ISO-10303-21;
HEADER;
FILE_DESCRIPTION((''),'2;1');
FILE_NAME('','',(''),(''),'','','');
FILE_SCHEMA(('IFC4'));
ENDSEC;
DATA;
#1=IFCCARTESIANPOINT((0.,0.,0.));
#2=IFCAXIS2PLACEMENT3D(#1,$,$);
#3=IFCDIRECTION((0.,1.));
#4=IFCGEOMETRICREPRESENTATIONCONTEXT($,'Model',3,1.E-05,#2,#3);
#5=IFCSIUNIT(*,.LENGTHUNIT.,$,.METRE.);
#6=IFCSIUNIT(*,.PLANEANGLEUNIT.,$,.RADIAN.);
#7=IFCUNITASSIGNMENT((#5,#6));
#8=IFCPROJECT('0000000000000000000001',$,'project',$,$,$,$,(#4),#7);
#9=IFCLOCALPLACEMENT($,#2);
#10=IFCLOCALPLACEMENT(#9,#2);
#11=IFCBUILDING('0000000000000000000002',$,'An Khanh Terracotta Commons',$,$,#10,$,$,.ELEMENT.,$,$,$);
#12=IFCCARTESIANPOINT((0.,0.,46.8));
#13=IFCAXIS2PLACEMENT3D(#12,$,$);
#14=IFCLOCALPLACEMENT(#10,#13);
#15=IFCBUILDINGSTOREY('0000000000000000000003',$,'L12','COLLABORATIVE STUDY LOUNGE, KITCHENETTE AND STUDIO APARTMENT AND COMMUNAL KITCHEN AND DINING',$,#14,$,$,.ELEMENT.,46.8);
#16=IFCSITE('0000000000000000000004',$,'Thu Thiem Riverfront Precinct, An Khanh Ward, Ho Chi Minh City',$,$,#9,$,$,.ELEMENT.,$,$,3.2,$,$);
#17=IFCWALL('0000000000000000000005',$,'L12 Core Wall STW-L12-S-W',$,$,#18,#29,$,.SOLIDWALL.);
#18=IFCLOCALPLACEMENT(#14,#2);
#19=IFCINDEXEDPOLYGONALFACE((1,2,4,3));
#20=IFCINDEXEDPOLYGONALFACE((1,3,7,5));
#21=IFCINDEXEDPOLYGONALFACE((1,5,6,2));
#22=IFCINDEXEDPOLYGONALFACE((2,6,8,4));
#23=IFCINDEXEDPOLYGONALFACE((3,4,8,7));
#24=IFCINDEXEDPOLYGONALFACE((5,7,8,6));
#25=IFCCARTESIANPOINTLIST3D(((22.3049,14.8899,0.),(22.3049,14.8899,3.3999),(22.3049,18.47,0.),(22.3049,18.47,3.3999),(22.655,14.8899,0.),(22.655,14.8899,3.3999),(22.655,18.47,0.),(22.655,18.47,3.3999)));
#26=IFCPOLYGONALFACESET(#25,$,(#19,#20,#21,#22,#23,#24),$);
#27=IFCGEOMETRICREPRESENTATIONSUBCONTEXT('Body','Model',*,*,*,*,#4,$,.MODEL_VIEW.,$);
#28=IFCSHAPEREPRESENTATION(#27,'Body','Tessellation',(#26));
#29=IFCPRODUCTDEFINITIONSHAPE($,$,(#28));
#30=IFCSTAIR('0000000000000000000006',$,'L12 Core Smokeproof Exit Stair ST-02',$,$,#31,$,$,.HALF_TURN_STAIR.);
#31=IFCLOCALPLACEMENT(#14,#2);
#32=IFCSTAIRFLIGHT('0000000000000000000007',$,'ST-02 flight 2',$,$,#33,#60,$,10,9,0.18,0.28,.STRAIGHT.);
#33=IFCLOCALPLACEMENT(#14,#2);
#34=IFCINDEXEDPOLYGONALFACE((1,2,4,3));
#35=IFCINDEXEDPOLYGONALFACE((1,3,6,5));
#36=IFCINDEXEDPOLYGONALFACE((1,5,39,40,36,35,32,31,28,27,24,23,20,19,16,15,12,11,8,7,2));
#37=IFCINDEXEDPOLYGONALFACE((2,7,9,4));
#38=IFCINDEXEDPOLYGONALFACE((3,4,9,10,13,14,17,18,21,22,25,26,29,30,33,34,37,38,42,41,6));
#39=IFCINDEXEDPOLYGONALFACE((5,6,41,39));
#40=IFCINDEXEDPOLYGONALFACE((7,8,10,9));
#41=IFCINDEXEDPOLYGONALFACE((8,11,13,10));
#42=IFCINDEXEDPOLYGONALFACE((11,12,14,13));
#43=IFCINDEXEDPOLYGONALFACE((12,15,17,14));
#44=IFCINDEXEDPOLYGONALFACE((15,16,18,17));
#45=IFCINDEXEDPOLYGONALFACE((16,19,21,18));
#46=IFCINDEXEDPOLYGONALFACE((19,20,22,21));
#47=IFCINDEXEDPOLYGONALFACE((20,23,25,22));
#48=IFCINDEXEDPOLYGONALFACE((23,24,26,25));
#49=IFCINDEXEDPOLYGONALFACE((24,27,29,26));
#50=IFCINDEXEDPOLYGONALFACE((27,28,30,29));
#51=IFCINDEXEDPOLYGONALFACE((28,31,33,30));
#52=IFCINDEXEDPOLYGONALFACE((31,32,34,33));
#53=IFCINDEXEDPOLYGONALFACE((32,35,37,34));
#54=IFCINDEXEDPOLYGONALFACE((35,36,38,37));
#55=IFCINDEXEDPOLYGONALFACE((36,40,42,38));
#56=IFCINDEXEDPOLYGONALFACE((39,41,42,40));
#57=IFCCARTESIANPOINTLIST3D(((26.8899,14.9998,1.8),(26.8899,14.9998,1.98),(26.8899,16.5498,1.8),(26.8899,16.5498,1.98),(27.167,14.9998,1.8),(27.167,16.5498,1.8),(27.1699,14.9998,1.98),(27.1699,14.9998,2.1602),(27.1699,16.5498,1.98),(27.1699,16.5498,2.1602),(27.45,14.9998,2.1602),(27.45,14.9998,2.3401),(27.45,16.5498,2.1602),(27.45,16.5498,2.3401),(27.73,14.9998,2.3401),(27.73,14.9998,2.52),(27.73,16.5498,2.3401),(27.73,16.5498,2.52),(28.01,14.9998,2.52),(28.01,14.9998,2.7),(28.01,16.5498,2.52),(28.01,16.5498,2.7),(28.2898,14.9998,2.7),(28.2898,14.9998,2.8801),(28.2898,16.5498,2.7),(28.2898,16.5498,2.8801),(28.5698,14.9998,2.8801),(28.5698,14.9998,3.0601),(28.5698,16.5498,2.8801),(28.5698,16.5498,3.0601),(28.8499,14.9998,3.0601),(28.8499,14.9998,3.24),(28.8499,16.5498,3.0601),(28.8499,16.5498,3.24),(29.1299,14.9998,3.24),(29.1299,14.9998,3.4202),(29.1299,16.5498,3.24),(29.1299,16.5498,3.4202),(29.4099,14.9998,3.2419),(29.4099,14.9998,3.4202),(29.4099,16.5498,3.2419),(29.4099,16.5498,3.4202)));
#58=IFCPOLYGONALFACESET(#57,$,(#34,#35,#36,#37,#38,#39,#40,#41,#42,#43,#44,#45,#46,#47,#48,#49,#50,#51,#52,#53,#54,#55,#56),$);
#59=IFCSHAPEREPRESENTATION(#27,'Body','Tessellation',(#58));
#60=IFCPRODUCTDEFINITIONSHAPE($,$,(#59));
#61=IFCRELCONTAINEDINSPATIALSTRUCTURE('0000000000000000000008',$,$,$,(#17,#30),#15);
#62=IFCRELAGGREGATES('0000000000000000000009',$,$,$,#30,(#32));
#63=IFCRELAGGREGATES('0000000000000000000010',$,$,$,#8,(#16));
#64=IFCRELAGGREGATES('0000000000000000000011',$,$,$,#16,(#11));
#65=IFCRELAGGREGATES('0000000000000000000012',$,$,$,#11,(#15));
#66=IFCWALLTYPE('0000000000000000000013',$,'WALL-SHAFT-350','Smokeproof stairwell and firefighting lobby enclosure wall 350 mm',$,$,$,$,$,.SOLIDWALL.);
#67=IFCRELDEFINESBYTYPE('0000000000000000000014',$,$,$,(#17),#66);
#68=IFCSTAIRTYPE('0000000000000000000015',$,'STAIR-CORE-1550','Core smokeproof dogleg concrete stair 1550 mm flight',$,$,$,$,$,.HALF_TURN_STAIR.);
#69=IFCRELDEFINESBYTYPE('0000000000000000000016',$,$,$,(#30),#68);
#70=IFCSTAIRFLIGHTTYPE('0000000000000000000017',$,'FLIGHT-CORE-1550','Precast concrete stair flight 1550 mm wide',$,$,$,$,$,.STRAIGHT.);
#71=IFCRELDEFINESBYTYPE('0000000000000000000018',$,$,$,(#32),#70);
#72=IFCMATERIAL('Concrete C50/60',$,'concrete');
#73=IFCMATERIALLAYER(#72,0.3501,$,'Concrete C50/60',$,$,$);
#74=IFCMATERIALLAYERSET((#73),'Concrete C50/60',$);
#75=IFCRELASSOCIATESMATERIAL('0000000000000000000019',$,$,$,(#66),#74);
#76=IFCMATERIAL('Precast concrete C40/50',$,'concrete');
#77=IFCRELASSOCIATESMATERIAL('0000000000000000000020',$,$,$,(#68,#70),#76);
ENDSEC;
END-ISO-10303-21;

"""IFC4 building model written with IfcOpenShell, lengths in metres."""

from ifc_helpers import new_model, si_unit, direction, frame, frame_2d, origin, place, context, subcontext, project, spatial, polyline, rectangle, outline, extrude, material, layer, layer_set, type_object, element, aggregate, save


model = new_model("IFC4")

# Units and contexts
model_context = context("Model", 3, precision=1e-05, world=origin(), true_north=direction((0.0, 1.0)))
body_context = subcontext(model_context, "Body", "Model", "MODEL_VIEW")
ifc_project = project(units=[si_unit("LENGTHUNIT", "METRE"), si_unit("PLANEANGLEUNIT", "RADIAN")], contexts=[model_context])

# Site, building, storey
site_placement = place(None, origin())
site = spatial("IfcSite", under=ifc_project, at=site_placement, Name="Thu Thiem Riverfront Precinct, An Khanh Ward, Ho Chi Minh City", CompositionType="ELEMENT", RefElevation=3.2)
building_placement = place(site_placement, origin())
building = spatial("IfcBuilding", under=site, at=building_placement, Name="An Khanh Terracotta Commons", CompositionType="ELEMENT")
storey_placement = place(building_placement, frame((0.0, 0.0, 46.8)))
storey = spatial("IfcBuildingStorey", under=building, at=storey_placement, Name="L12", Description="COLLABORATIVE STUDY LOUNGE, KITCHENETTE AND STUDIO APARTMENT AND COMMUNAL KITCHEN AND DINING", CompositionType="ELEMENT", Elevation=46.8)

# Wall
ifc_material_1 = material(Name="Concrete C50/60", Category="concrete")
ifc_layer_1 = layer(ifc_material_1, 0.3501, Name="Concrete C50/60")
ifc_layer_set_1 = layer_set([ifc_layer_1], Name="Concrete C50/60")
wall_type_1 = type_object("IfcWallType", Name="WALL-SHAFT-350", Description="Smokeproof stairwell and firefighting lobby enclosure wall 350 mm", PredefinedType="SOLIDWALL", material=ifc_layer_set_1)
wall_1_placement = place(storey_placement, frame((22.48, 14.8899, 0.0), z_axis=(0.0, 0.0, 1.0), x_axis=(0.0, 1.0, 0.0)))
element("IfcWall", 1, at=wall_1_placement, inside=storey, type_object=wall_type_1, Name="L12 Core Wall STW-L12-S-W", PredefinedType="SOLIDWALL", context=body_context, shape_type="SweptSolid", body=[
    extrude(rectangle(XDim=3.5801, YDim=0.3501, at=frame_2d((1.79, 0.0))), origin(), (0.0, 0.0, 1.0), 3.3999),
])

# Stair, stair flight
ifc_material_2 = material(Name="Precast concrete C40/50", Category="concrete")
stair_type = type_object("IfcStairType", Name="STAIR-CORE-1550", Description="Core smokeproof dogleg concrete stair 1550 mm flight", PredefinedType="HALF_TURN_STAIR", material=ifc_material_2)
stair_placement = place(storey_placement, origin())
stair = element("IfcStair", 2, at=stair_placement, inside=storey, type_object=stair_type, Name="L12 Core Smokeproof Exit Stair ST-02", PredefinedType="HALF_TURN_STAIR")
stair_flight_type = type_object("IfcStairFlightType", Name="FLIGHT-CORE-1550", Description="Precast concrete stair flight 1550 mm wide", PredefinedType="STRAIGHT", material=ifc_material_2)
stair_flight_placement = place(storey_placement, frame((26.8899, 15.7749, 1.8), z_axis=(0.0, 0.0, 1.0), x_axis=(1.0, 0.0, 0.0)))
stair_flight = element("IfcStairFlight", 3, at=stair_flight_placement, type_object=stair_flight_type, Name="ST-02 flight 2", NumberOfRisers=10, NumberOfTreads=9, PredefinedType="STRAIGHT", RiserHeight=0.18, TreadLength=0.28, context=body_context, shape_type="SweptSolid", body=[
    extrude(outline(polyline([(0.0, 0.0), (0.0, 0.1799), (0.28, 0.1799), (0.28, 0.3601), (0.5601, 0.3601), (0.5601, 0.54), (0.8401, 0.54), (0.8401, 0.72), (1.1201, 0.72), (1.1201, 0.8999), (1.3999, 0.8999), (1.3999, 1.0801), (1.6799, 1.0801), (1.6799, 1.26), (1.96, 1.26), (1.96, 1.4399), (2.24, 1.4399), (2.24, 1.6201), (2.52, 1.6201), (2.52, 1.8), (2.52, 1.4419), (0.2771, 0.0), (0.0, 0.0)])), frame((0.0, 0.7749, 0.0), z_axis=(0.0, -1.0, 0.0), x_axis=(1.0, 0.0, 0.0)), (0.0, 0.0, 1.0), 1.55),
])
aggregate(stair, [stair_flight])

save(model, "model.ifc")
